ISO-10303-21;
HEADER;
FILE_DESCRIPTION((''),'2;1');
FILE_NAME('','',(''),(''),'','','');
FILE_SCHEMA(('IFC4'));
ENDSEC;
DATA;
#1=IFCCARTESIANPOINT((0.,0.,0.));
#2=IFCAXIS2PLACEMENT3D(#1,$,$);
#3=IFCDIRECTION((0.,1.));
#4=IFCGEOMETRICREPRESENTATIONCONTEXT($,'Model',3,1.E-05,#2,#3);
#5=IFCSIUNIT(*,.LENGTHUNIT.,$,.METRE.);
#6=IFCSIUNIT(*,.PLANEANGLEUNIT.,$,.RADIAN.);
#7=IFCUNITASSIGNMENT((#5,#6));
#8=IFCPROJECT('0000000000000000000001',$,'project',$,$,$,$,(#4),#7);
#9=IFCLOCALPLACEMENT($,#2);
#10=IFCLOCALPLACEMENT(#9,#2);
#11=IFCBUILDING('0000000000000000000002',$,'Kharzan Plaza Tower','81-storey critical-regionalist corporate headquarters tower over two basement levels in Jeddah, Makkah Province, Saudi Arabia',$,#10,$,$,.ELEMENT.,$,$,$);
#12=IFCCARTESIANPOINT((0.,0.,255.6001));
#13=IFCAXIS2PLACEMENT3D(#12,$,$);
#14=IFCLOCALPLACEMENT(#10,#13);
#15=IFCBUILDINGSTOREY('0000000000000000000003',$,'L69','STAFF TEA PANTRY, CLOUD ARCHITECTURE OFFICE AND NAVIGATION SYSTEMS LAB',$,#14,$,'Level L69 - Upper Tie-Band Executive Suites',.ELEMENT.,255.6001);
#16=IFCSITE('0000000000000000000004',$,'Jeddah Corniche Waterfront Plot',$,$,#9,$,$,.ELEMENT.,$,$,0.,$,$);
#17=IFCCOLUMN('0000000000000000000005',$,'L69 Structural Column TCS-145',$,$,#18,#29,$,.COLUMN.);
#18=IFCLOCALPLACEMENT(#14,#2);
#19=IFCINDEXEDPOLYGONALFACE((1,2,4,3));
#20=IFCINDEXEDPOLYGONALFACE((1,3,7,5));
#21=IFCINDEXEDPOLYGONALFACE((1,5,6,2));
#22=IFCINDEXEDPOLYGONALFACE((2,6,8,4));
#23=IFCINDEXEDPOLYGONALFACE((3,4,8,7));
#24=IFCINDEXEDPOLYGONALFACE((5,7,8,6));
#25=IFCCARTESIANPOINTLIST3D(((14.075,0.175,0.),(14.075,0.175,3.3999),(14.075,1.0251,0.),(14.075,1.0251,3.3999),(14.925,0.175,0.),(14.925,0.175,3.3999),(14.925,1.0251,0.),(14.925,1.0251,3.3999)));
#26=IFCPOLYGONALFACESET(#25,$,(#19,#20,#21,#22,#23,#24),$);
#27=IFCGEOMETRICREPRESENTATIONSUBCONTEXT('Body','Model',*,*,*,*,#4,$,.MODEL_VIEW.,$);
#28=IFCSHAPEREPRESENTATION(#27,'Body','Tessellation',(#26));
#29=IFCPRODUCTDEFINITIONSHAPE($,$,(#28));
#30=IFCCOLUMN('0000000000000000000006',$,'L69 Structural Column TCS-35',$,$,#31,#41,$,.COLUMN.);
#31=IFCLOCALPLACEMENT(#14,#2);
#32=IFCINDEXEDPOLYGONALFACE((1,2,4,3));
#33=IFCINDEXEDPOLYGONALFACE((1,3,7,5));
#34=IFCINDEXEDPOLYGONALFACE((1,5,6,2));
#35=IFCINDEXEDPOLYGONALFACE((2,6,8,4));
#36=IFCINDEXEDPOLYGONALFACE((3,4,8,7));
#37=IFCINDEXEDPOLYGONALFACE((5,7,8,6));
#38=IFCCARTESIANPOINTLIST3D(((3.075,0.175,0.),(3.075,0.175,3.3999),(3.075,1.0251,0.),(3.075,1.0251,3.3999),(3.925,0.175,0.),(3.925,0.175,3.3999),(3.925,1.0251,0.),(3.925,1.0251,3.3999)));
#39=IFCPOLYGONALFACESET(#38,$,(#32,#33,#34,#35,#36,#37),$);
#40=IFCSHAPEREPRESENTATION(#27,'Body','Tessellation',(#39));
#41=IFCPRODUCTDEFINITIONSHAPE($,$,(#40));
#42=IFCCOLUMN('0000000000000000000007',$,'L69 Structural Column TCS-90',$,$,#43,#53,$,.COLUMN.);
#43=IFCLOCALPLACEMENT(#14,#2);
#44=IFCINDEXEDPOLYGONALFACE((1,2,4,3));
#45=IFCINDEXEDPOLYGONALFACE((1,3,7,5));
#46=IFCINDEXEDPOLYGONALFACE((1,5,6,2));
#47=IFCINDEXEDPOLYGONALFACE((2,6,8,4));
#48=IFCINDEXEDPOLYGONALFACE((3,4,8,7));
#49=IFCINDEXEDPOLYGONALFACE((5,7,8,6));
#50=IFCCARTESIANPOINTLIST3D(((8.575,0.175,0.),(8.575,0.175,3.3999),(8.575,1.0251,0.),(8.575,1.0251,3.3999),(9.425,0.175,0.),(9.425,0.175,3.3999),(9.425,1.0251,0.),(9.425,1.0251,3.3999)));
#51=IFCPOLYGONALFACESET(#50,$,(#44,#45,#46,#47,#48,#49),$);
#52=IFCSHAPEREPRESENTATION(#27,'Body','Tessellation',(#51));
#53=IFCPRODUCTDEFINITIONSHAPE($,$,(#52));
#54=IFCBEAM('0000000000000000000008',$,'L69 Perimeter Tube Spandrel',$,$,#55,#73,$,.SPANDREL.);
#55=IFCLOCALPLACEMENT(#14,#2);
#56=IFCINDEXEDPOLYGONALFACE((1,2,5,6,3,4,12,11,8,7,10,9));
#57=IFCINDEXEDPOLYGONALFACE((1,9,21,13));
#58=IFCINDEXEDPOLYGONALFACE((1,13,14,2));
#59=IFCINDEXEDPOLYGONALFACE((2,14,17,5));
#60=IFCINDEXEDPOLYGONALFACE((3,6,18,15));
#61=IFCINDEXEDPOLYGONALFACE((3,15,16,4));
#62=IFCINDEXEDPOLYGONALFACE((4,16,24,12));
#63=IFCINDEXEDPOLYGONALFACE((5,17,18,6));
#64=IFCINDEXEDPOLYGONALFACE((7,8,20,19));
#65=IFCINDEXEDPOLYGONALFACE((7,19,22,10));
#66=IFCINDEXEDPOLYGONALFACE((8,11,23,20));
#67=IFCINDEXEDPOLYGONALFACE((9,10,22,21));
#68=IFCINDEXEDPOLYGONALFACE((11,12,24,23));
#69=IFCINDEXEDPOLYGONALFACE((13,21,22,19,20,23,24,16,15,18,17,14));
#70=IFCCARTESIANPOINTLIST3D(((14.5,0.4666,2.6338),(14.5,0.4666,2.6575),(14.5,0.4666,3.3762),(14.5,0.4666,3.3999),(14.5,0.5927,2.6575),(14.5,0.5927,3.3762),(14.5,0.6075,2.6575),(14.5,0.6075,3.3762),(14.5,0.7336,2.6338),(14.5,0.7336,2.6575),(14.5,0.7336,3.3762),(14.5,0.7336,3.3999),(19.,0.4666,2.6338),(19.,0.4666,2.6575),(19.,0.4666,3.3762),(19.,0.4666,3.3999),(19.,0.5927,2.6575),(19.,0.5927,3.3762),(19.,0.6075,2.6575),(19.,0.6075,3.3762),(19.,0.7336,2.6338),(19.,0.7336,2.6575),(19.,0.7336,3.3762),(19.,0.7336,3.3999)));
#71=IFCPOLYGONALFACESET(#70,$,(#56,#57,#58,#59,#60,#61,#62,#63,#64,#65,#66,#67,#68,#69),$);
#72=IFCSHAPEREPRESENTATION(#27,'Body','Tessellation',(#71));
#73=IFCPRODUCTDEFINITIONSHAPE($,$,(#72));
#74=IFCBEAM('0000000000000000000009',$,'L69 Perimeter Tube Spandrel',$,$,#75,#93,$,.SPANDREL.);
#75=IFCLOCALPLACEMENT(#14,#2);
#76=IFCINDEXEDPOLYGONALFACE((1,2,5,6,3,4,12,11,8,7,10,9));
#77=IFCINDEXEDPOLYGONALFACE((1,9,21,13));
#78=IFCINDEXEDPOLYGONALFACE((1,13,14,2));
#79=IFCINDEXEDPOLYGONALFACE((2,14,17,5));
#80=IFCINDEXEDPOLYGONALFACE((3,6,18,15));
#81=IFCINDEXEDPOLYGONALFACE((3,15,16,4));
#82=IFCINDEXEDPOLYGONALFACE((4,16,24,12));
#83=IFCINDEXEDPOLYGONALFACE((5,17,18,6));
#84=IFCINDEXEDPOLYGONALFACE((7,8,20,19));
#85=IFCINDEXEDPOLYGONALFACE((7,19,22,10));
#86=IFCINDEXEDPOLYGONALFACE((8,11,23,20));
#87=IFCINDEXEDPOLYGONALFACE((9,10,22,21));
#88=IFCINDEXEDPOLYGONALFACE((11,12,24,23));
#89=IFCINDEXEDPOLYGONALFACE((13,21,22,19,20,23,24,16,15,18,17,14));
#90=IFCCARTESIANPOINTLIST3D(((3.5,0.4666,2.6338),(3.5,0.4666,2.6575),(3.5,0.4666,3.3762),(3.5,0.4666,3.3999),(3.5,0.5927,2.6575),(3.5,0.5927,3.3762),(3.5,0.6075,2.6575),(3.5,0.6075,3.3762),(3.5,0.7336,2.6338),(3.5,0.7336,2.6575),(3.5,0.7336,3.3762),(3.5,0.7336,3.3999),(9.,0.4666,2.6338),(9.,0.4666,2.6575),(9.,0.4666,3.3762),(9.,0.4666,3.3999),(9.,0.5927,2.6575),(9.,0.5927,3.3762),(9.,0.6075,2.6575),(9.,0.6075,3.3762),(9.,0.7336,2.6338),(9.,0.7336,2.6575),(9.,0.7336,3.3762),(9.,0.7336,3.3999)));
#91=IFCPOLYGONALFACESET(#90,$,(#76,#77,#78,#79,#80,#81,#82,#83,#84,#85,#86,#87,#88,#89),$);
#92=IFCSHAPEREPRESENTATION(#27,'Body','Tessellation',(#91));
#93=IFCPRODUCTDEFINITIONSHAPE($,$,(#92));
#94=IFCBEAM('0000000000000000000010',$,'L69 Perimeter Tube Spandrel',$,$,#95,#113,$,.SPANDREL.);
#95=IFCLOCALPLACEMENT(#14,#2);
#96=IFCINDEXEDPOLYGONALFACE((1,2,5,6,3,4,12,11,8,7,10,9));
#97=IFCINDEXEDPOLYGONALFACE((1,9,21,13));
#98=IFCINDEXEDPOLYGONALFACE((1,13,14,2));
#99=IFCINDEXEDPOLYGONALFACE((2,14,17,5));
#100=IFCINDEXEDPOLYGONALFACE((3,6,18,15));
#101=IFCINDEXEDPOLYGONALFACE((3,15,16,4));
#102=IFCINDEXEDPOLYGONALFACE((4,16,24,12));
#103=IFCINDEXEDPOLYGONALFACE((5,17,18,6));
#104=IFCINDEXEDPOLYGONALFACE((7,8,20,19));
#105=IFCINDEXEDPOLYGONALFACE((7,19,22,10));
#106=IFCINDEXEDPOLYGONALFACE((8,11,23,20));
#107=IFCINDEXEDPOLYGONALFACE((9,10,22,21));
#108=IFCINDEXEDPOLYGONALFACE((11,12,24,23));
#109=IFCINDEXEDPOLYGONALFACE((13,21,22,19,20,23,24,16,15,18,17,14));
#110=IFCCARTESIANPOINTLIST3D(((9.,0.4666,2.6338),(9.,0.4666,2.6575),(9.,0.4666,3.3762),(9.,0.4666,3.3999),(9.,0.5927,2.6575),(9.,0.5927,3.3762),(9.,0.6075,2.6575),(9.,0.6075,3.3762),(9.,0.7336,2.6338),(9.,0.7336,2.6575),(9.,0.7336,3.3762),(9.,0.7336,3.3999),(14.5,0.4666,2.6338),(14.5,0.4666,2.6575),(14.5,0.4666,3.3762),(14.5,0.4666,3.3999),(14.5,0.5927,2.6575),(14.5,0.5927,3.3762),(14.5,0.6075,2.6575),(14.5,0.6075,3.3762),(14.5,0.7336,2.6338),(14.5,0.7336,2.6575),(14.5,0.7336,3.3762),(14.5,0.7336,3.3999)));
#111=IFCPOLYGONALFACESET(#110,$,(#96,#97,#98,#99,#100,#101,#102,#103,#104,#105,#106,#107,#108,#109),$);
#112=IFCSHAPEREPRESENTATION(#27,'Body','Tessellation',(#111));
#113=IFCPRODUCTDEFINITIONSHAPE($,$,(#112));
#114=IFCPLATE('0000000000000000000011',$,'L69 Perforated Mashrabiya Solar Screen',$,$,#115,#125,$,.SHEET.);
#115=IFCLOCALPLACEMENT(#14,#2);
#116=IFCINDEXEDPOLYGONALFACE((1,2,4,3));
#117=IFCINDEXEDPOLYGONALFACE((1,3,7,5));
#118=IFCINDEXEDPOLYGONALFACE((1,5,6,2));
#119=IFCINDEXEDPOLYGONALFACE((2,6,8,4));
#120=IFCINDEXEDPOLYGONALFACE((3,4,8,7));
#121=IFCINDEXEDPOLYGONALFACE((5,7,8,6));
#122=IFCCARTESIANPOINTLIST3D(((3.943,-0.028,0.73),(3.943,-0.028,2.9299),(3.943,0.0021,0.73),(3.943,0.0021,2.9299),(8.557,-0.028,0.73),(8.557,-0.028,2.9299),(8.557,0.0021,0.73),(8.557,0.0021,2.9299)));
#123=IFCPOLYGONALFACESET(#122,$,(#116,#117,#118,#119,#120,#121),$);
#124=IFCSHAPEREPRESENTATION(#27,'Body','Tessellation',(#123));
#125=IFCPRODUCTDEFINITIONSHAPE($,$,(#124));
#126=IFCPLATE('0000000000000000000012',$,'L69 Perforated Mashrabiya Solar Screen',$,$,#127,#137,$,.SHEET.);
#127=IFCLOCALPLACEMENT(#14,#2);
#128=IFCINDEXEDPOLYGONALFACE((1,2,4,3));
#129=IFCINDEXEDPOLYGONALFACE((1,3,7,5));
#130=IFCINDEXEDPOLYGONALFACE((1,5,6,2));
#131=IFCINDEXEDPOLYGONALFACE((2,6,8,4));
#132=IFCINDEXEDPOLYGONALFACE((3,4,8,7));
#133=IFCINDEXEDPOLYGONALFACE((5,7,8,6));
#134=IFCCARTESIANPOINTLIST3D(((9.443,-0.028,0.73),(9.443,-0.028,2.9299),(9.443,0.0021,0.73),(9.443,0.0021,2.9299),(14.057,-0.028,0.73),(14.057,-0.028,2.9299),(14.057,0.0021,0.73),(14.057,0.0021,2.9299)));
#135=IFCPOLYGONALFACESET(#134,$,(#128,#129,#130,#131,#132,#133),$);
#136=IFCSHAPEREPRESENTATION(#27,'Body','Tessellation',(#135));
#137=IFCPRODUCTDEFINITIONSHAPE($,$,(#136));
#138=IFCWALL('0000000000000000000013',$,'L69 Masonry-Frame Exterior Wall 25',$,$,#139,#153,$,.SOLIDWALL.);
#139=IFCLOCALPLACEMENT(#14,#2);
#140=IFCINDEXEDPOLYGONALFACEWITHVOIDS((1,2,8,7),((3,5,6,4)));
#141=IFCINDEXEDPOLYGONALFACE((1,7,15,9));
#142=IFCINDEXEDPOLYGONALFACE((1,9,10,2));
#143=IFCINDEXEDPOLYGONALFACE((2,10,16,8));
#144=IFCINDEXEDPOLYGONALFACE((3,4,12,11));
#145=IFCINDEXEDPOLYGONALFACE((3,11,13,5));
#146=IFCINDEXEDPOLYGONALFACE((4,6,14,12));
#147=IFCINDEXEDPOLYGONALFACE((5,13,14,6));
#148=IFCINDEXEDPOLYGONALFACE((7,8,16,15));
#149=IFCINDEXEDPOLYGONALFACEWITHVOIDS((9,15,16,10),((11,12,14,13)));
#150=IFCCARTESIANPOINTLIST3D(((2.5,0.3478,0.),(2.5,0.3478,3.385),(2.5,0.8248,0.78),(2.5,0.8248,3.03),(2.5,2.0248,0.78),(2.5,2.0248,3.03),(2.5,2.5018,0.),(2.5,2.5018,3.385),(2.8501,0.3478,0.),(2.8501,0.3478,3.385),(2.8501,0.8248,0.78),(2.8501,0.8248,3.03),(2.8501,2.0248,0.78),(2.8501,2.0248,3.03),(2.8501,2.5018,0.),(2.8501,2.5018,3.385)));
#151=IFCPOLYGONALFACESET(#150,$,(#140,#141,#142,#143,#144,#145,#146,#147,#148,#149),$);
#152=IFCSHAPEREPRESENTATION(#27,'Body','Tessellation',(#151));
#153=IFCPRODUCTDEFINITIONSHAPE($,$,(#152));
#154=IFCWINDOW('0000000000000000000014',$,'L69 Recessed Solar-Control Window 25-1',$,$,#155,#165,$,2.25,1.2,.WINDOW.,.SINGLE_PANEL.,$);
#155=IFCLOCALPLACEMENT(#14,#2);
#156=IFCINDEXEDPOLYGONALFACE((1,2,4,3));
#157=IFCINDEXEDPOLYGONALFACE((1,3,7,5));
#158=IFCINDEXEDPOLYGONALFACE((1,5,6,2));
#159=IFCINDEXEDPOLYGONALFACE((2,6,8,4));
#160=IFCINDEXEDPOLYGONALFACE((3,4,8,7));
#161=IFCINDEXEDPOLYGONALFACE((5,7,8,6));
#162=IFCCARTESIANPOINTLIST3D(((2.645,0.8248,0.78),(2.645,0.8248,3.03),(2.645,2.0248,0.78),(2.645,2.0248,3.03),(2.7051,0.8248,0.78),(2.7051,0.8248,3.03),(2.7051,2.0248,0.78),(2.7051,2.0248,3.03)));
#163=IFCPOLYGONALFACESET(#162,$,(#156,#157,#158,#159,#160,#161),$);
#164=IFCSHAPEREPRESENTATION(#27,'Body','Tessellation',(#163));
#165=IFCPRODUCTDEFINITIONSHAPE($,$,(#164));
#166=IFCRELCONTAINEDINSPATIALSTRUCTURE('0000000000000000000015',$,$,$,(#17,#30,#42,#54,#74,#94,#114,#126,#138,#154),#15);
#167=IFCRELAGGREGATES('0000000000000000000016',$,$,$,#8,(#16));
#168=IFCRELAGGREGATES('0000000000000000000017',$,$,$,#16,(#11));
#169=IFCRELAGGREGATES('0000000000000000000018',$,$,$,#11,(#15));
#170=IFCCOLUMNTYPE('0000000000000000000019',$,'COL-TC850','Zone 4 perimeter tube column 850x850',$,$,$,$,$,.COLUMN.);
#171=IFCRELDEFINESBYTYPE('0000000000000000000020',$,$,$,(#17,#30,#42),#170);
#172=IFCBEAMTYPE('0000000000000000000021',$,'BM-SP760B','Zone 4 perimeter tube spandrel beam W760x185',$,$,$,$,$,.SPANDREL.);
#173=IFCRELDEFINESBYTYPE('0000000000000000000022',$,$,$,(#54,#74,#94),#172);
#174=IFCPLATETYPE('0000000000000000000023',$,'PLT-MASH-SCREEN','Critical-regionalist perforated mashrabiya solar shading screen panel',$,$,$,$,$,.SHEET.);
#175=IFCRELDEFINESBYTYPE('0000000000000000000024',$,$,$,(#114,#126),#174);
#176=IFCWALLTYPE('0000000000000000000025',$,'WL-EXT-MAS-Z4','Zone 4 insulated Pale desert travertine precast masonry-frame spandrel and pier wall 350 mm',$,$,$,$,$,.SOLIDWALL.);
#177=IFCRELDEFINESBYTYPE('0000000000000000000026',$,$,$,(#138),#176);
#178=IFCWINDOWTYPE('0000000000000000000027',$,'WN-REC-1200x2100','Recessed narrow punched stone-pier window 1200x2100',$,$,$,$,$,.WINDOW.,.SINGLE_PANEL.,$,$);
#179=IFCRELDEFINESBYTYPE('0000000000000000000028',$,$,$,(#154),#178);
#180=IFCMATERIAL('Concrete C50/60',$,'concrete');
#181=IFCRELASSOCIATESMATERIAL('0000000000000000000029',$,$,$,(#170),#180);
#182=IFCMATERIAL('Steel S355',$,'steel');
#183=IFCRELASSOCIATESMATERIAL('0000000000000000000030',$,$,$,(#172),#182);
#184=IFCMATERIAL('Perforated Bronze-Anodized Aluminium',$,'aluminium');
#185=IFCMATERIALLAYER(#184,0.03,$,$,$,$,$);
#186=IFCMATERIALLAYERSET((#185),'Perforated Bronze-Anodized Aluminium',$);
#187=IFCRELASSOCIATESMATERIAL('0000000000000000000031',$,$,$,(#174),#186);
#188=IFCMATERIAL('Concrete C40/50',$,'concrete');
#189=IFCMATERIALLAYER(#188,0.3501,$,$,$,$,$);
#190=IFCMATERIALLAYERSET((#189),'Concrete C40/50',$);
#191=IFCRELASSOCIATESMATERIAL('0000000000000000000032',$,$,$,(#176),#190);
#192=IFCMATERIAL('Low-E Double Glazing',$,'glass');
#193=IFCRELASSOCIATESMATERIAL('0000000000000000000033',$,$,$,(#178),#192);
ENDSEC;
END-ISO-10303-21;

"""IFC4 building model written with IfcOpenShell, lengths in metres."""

from ifc_helpers import new_model, si_unit, direction, frame, frame_2d, origin, origin_2d, place, context, subcontext, project, spatial, rectangle, i_section, extrude, source, transform, mapped, material, layer, layer_set, material_profile, profile_set, type_object, element, fill, save


model = new_model("IFC4")

# Units and contexts
model_context = context("Model", 3, precision=1e-05, world=origin(), true_north=direction((0.0, 1.0)))
body_context = subcontext(model_context, "Body", "Model", "MODEL_VIEW")
ifc_project = project(units=[si_unit("LENGTHUNIT", "METRE"), si_unit("PLANEANGLEUNIT", "RADIAN")], contexts=[model_context])

# Site, building, storey
site_placement = place(None, origin())
site = spatial("IfcSite", under=ifc_project, at=site_placement, Name="Jeddah Corniche Waterfront Plot", CompositionType="ELEMENT", RefElevation=0.0)
building_placement = place(site_placement, origin())
building = spatial("IfcBuilding", under=site, at=building_placement, Name="Kharzan Plaza Tower", Description="81-storey critical-regionalist corporate headquarters tower over two basement levels in Jeddah, Makkah Province, Saudi Arabia", CompositionType="ELEMENT")
storey_placement = place(building_placement, frame((0.0, 0.0, 255.6001)))
storey = spatial("IfcBuildingStorey", under=building, at=storey_placement, Name="L69", Description="STAFF TEA PANTRY, CLOUD ARCHITECTURE OFFICE AND NAVIGATION SYSTEMS LAB", LongName="Level L69 - Upper Tie-Band Executive Suites", CompositionType="ELEMENT", Elevation=255.6001)

# Columns
ifc_material_1 = material(Name="Concrete C50/60", Category="concrete")
ifc_material_profile_1 = material_profile(ifc_material_1, rectangle(XDim=0.8501, YDim=0.8501, at=origin_2d()), Name="RC-TC850x850")
ifc_profile_set_1 = profile_set([ifc_material_profile_1], Name="Concrete C50/60")
column_type = type_object("IfcColumnType", Name="COL-TC850", Description="Zone 4 perimeter tube column 850x850", PredefinedType="COLUMN", material=ifc_profile_set_1)
shared_shape_1 = source(origin(), body_context, "Body", "SweptSolid", [
    extrude(rectangle(XDim=0.8501, YDim=0.8501, at=origin_2d()), origin(), (0.0, 0.0, 1.0), 3.3999),
])
for number, where, z_axis, x_axis, name in (
    (1, (14.5, 0.6001, 0.0), (0.0, 0.0, 1.0), (1.0, 0.0, 0.0), "L69 Structural Column TCS-145"),
    (2, (3.5, 0.6001, 0.0), (0.0, 0.0, 1.0), (1.0, 0.0, 0.0), "L69 Structural Column TCS-35"),
    (3, (9.0, 0.6001, 0.0), (0.0, 0.0, 1.0), (1.0, 0.0, 0.0), "L69 Structural Column TCS-90"),
):
    element("IfcColumn", number, at=place(storey_placement, frame(where, z_axis=z_axis, x_axis=x_axis)), inside=storey, type_object=column_type, Name=name, PredefinedType="COLUMN", context=body_context, shape_type="MappedRepresentation", body=[
        mapped(shared_shape_1, transform((0.0, 0.0, 0.0), x_axis=(1.0, 0.0, 0.0), y_axis=(0.0, 1.0, 0.0), z_axis=(0.0, 0.0, 1.0))),
    ])

# Beams
ifc_material_2 = material(Name="Steel S355", Category="steel")
ifc_material_profile_2 = material_profile(ifc_material_2, i_section(OverallWidth=0.2671, OverallDepth=0.7661, WebThickness=0.0149, FlangeThickness=0.0237, at=origin_2d()), Name="W760x185")
ifc_profile_set_2 = profile_set([ifc_material_profile_2], Name="Steel S355")
beam_type = type_object("IfcBeamType", Name="BM-SP760B", Description="Zone 4 perimeter tube spandrel beam W760x185", PredefinedType="SPANDREL", material=ifc_profile_set_2)
shared_shape_2 = source(origin(), body_context, "Body", "SweptSolid", [
    extrude(i_section(OverallWidth=0.2671, OverallDepth=0.7661, WebThickness=0.0149, FlangeThickness=0.0237, at=origin_2d()), origin(), (0.0, 0.0, 1.0), 4.5),
])
beam_placement = place(storey_placement, frame((14.5, 0.6001, 3.0168), z_axis=(1.0, 0.0, 0.0), x_axis=(0.0, 1.0, 0.0)))
element("IfcBeam", 4, at=beam_placement, inside=storey, type_object=beam_type, Name="L69 Perimeter Tube Spandrel", PredefinedType="SPANDREL", context=body_context, shape_type="MappedRepresentation", body=[
    mapped(shared_shape_2, transform((0.0, 0.0, 0.0), x_axis=(1.0, 0.0, 0.0), y_axis=(0.0, 1.0, 0.0), z_axis=(0.0, 0.0, 1.0))),
])
shared_shape_3 = source(origin(), body_context, "Body", "SweptSolid", [
    extrude(i_section(OverallWidth=0.2671, OverallDepth=0.7661, WebThickness=0.0149, FlangeThickness=0.0237, at=origin_2d()), origin(), (0.0, 0.0, 1.0), 5.5),
])
for number, where, z_axis, x_axis, name in (
    (5, (3.5, 0.6001, 3.0168), (1.0, 0.0, 0.0), (0.0, 1.0, 0.0), "L69 Perimeter Tube Spandrel"),
    (6, (9.0, 0.6001, 3.0168), (1.0, 0.0, 0.0), (0.0, 1.0, 0.0), "L69 Perimeter Tube Spandrel"),
):
    element("IfcBeam", number, at=place(storey_placement, frame(where, z_axis=z_axis, x_axis=x_axis)), inside=storey, type_object=beam_type, Name=name, PredefinedType="SPANDREL", context=body_context, shape_type="MappedRepresentation", body=[
        mapped(shared_shape_3, transform((0.0, 0.0, 0.0), x_axis=(1.0, 0.0, 0.0), y_axis=(0.0, 1.0, 0.0), z_axis=(0.0, 0.0, 1.0))),
    ])

# Plates
ifc_material_3 = material(Name="Perforated Bronze-Anodized Aluminium", Category="aluminium")
ifc_layer_1 = layer(ifc_material_3, 0.03)
ifc_layer_set_1 = layer_set([ifc_layer_1], Name="Perforated Bronze-Anodized Aluminium")
plate_type = type_object("IfcPlateType", Name="PLT-MASH-SCREEN", Description="Critical-regionalist perforated mashrabiya solar shading screen panel", PredefinedType="SHEET", material=ifc_layer_set_1)
shared_shape_4 = source(origin(), body_context, "Body", "SweptSolid", [
    extrude(rectangle(XDim=4.614, YDim=0.03, at=origin_2d()), origin(), (0.0, 0.0, 1.0), 2.2),
])
for number, where, z_axis, x_axis, name in (
    (7, (6.25, -0.0129, 0.73), (0.0, 0.0, 1.0), (1.0, 0.0, 0.0), "L69 Perforated Mashrabiya Solar Screen"),
    (8, (11.75, -0.0129, 0.73), (0.0, 0.0, 1.0), (1.0, 0.0, 0.0), "L69 Perforated Mashrabiya Solar Screen"),
):
    element("IfcPlate", number, at=place(storey_placement, frame(where, z_axis=z_axis, x_axis=x_axis)), inside=storey, type_object=plate_type, Name=name, PredefinedType="SHEET", context=body_context, shape_type="MappedRepresentation", body=[
        mapped(shared_shape_4, transform((0.0, 0.0, 0.0), x_axis=(1.0, 0.0, 0.0), y_axis=(0.0, 1.0, 0.0), z_axis=(0.0, 0.0, 1.0))),
    ])

# Wall, opening, window
ifc_material_4 = material(Name="Concrete C40/50", Category="concrete")
ifc_layer_2 = layer(ifc_material_4, 0.3501)
ifc_layer_set_2 = layer_set([ifc_layer_2], Name="Concrete C40/50")
wall_type_1 = type_object("IfcWallType", Name="WL-EXT-MAS-Z4", Description="Zone 4 insulated Pale desert travertine precast masonry-frame spandrel and pier wall 350 mm", PredefinedType="SOLIDWALL", material=ifc_layer_set_2)
wall_1_placement = place(storey_placement, frame((2.675, 2.502, 0.0), z_axis=(0.0, 0.0, 1.0), x_axis=(0.0, -1.0, 0.0)))
wall_1 = element("IfcWall", 9, at=wall_1_placement, inside=storey, type_object=wall_type_1, Name="L69 Masonry-Frame Exterior Wall 25", PredefinedType="SOLIDWALL", context=body_context, shape_type="SweptSolid", body=[
    extrude(rectangle(XDim=2.1541, YDim=0.3501, at=frame_2d((1.0771, 0.0))), origin(), (0.0, 0.0, 1.0), 3.385),
])
opening_1_placement = place(wall_1_placement, frame((0.4771, 0.0, 0.78)))
opening_1 = element("IfcOpeningElement", 10, at=opening_1_placement, cuts=wall_1, PredefinedType="OPENING", context=body_context, shape_type="SweptSolid", body=[
    extrude(rectangle(XDim=1.2, YDim=2.25, at=frame_2d((0.6001, 1.125))), frame((0.0, 0.1851, 0.0), z_axis=(0.0, -1.0, 0.0), x_axis=(1.0, 0.0, 0.0)), (0.0, 0.0, 1.0), 0.3701),
])
ifc_material_5 = material(Name="Low-E Double Glazing", Category="glass")
window_type_1 = type_object("IfcWindowType", Name="WN-REC-1200x2100", Description="Recessed narrow punched stone-pier window 1200x2100", PartitioningType="SINGLE_PANEL", PredefinedType="WINDOW", material=ifc_material_5)
shared_shape_5 = source(origin(), body_context, "Body", "SweptSolid", [
    extrude(rectangle(XDim=1.2, YDim=2.25, at=frame_2d((0.6001, 1.125))), frame((0.0, 0.03, 0.0), z_axis=(0.0, -1.0, 0.0), x_axis=(1.0, 0.0, 0.0)), (0.0, 0.0, 1.0), 0.0601),
])
window_1_placement = place(opening_1_placement, origin())
window_1 = element("IfcWindow", 11, at=window_1_placement, inside=storey, type_object=window_type_1, Name="L69 Recessed Solar-Control Window 25-1", OverallHeight=2.25, OverallWidth=1.2, PartitioningType="SINGLE_PANEL", PredefinedType="WINDOW", context=body_context, shape_type="MappedRepresentation", body=[
    mapped(shared_shape_5, transform((0.0, 0.0, 0.0), x_axis=(1.0, 0.0, 0.0), y_axis=(0.0, 1.0, 0.0), z_axis=(0.0, 0.0, 1.0))),
])
fill(opening_1, window_1)

save(model, "model.ifc")
